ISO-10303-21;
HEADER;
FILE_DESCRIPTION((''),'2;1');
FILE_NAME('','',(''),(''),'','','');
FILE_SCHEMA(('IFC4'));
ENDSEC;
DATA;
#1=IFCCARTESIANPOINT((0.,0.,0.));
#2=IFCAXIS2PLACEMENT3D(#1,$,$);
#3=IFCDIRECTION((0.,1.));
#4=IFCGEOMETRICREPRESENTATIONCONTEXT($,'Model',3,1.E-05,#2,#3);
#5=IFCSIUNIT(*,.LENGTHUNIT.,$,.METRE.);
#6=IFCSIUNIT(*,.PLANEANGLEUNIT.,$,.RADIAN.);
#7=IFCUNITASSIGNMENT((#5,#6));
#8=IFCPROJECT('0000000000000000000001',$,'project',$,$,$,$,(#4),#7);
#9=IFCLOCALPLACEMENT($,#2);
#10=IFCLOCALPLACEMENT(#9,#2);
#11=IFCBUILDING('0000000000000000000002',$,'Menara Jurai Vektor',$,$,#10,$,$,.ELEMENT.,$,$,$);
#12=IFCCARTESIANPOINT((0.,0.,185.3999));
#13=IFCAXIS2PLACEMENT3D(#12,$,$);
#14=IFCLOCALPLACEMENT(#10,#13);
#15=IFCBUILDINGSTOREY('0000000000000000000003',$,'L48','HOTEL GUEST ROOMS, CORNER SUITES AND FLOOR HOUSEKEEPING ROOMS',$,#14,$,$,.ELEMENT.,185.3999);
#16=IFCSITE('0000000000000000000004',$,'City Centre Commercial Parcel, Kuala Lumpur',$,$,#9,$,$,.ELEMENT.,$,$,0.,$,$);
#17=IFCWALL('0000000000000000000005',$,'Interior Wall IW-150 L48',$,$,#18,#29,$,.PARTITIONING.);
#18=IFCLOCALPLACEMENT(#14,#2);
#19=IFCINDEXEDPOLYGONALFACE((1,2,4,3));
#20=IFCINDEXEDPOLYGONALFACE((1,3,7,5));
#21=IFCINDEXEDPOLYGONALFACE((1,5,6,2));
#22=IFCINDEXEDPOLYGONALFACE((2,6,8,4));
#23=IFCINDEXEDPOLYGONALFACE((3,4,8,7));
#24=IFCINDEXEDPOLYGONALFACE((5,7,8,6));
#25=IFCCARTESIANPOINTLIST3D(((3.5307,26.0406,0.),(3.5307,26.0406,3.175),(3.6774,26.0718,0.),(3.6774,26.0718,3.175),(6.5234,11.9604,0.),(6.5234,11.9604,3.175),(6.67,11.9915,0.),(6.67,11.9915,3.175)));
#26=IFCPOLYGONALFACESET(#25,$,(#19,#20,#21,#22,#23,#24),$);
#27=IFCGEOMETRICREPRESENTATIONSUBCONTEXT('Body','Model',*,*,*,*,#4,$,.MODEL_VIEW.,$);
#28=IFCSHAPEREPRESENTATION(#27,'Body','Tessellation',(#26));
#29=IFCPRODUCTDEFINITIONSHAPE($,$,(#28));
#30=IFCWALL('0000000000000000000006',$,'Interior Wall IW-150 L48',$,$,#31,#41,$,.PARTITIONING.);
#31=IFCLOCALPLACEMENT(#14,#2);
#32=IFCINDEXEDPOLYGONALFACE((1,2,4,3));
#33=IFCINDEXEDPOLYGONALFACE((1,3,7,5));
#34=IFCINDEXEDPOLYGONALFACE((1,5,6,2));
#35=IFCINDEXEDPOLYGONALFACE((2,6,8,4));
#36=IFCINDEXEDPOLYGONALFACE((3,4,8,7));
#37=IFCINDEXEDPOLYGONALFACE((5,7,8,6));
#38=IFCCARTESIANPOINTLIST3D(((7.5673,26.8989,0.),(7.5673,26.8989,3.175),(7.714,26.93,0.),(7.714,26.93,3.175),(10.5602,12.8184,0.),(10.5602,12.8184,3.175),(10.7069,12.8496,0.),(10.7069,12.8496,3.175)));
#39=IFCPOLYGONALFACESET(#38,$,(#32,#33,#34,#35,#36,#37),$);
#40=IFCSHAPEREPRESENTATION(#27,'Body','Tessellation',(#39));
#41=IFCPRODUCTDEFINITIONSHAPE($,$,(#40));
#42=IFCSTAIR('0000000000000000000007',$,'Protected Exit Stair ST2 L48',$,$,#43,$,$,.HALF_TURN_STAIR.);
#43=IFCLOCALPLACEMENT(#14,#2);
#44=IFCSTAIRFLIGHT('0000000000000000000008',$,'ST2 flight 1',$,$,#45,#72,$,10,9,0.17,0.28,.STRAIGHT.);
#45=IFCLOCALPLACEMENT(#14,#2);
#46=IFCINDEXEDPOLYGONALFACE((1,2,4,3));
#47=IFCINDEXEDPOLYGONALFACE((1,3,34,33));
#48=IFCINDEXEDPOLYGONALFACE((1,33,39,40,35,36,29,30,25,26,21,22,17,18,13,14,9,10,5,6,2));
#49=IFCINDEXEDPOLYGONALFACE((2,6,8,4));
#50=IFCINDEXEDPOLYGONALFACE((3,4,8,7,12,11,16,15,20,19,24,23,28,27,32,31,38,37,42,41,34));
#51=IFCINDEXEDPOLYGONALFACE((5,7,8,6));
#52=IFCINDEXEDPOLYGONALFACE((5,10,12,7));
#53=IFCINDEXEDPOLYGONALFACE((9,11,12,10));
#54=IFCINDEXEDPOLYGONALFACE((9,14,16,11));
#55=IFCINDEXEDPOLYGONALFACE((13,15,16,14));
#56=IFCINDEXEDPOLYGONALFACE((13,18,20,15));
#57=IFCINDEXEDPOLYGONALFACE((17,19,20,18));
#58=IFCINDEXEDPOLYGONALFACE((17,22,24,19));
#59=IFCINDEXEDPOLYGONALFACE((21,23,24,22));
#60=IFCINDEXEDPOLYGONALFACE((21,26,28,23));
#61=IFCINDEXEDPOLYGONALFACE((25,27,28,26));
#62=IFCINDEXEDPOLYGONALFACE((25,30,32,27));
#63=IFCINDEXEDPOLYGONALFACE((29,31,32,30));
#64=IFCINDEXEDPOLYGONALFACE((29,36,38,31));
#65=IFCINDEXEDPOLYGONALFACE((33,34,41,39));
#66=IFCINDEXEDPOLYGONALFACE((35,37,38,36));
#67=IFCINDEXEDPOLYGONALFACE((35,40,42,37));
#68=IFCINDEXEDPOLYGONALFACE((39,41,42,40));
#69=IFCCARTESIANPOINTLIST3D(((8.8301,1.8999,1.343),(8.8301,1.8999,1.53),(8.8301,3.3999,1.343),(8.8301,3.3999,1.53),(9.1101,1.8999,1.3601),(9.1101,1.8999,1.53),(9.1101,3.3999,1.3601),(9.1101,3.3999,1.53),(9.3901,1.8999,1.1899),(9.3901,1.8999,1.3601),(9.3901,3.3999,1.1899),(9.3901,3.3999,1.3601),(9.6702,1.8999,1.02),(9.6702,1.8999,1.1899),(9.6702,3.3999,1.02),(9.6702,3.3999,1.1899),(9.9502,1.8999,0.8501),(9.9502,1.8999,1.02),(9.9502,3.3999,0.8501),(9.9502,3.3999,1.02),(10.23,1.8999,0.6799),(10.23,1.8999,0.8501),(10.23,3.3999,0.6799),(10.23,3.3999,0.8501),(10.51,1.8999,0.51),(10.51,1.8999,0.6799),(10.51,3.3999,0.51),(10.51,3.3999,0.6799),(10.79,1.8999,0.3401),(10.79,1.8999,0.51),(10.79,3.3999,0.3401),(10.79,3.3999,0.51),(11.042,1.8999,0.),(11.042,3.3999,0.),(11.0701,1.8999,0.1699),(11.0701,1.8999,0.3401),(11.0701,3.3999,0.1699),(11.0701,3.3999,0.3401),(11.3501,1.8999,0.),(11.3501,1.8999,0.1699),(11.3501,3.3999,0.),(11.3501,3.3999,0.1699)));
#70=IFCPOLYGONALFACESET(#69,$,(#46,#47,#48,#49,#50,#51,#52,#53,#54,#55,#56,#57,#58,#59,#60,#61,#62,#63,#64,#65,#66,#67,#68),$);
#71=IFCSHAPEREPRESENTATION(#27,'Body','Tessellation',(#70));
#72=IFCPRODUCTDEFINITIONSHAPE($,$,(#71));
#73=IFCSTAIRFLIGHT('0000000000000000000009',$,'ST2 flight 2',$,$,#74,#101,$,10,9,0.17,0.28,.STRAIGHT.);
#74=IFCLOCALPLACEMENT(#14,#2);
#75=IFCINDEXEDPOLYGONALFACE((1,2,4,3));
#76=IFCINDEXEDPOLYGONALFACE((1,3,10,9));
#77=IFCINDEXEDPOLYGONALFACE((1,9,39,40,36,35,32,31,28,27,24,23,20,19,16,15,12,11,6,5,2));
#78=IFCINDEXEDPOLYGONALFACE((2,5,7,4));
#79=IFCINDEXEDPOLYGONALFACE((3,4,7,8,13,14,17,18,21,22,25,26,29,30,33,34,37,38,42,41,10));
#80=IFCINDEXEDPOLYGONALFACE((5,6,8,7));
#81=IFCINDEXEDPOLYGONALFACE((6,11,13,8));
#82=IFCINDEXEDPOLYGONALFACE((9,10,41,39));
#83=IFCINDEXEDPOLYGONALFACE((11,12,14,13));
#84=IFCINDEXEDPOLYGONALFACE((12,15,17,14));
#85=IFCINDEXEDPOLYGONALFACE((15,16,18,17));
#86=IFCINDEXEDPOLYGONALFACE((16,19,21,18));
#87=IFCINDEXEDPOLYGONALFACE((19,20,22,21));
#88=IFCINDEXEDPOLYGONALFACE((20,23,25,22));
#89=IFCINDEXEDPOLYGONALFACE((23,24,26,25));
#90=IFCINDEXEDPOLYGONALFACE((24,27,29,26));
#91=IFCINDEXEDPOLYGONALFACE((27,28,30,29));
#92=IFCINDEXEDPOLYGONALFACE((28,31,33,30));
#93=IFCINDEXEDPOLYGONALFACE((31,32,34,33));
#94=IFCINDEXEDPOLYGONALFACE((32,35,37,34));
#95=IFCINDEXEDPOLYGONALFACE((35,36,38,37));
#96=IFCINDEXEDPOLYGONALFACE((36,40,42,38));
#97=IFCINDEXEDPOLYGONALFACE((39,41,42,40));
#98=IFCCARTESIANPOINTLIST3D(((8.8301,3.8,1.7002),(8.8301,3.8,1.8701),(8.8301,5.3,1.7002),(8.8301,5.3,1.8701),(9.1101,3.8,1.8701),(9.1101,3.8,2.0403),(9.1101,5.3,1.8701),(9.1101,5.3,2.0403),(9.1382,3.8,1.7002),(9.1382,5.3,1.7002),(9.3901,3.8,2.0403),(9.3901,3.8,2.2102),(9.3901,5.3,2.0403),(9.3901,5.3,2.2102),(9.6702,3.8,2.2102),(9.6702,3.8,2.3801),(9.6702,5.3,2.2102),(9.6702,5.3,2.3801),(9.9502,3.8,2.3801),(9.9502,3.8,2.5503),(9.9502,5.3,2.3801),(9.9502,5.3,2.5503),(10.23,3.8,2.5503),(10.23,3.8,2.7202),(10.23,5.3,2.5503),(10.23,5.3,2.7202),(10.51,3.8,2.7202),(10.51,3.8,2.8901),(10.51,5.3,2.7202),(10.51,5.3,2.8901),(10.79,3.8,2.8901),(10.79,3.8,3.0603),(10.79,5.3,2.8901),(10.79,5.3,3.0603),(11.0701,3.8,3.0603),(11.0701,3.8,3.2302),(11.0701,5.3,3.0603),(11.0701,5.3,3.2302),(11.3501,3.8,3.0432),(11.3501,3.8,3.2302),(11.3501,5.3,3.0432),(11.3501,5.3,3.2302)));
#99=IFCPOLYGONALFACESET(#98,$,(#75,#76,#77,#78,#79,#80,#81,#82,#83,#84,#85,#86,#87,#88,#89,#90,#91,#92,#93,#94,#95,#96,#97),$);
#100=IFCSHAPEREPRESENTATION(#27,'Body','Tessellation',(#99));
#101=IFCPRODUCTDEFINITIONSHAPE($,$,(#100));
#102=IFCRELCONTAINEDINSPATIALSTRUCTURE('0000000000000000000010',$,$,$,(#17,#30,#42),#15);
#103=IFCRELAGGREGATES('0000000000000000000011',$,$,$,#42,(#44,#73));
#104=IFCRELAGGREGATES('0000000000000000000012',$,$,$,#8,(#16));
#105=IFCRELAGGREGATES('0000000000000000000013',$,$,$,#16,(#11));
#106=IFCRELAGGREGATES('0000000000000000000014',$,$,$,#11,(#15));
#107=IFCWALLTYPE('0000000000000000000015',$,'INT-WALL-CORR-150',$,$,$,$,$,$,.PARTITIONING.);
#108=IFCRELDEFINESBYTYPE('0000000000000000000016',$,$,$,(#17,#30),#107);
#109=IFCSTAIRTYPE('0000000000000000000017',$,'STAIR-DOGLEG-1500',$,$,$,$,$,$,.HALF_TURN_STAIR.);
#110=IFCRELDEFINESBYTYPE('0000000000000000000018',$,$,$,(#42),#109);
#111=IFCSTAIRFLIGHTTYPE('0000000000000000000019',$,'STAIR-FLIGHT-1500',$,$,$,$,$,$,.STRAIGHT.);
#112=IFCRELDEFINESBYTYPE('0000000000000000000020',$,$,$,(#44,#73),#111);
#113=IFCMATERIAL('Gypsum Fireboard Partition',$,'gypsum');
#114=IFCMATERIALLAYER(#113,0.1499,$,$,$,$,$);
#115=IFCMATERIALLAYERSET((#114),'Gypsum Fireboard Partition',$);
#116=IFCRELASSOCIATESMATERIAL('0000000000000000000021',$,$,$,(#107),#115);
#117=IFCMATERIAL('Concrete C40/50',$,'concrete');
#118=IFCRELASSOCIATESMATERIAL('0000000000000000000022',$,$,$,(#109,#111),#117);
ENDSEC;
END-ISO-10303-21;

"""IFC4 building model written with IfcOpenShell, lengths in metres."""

from ifc_helpers import new_model, si_unit, direction, frame, frame_2d, origin, place, context, subcontext, project, spatial, polyline, rectangle, outline, extrude, material, layer, layer_set, type_object, element, aggregate, save


model = new_model("IFC4")

# Units and contexts
model_context = context("Model", 3, precision=1e-05, world=origin(), true_north=direction((0.0, 1.0)))
body_context = subcontext(model_context, "Body", "Model", "MODEL_VIEW")
ifc_project = project(units=[si_unit("LENGTHUNIT", "METRE"), si_unit("PLANEANGLEUNIT", "RADIAN")], contexts=[model_context])

# Site, building, storey
site_placement = place(None, origin())
site = spatial("IfcSite", under=ifc_project, at=site_placement, Name="City Centre Commercial Parcel, Kuala Lumpur", CompositionType="ELEMENT", RefElevation=0.0)
building_placement = place(site_placement, origin())
building = spatial("IfcBuilding", under=site, at=building_placement, Name="Menara Jurai Vektor", CompositionType="ELEMENT")
storey_placement = place(building_placement, frame((0.0, 0.0, 185.3999)))
storey = spatial("IfcBuildingStorey", under=building, at=storey_placement, Name="L48", Description="HOTEL GUEST ROOMS, CORNER SUITES AND FLOOR HOUSEKEEPING ROOMS", CompositionType="ELEMENT", Elevation=185.3999)

# Shared definitions
ifc_material_1 = material(Name="Concrete C40/50", Category="concrete")
ifc_material_2 = material(Name="Gypsum Fireboard Partition", Category="gypsum")
ifc_layer_1 = layer(ifc_material_2, 0.1499)
ifc_layer_set_1 = layer_set([ifc_layer_1], Name="Gypsum Fireboard Partition")
wall_type_1 = type_object("IfcWallType", Name="INT-WALL-CORR-150", PredefinedType="PARTITIONING", material=ifc_layer_set_1)

# Walls
wall_1_placement = place(storey_placement, frame((6.5967, 11.9761, 0.0), z_axis=(0.0, 0.0, 1.0), x_axis=(-0.207899, 0.97815, 0.0)))
element("IfcWall", 1, at=wall_1_placement, inside=storey, type_object=wall_type_1, Name="Interior Wall IW-150 L48", PredefinedType="PARTITIONING", context=body_context, shape_type="SweptSolid", body=[
    extrude(rectangle(XDim=14.3948, YDim=0.1499, at=frame_2d((7.1973, 0.0))), origin(), (0.0, 0.0, 1.0), 3.175),
])
wall_2_placement = place(storey_placement, frame((10.6335, 12.834, 0.0), z_axis=(0.0, 0.0, 1.0), x_axis=(-0.207912, 0.978148, 0.0)))
element("IfcWall", 2, at=wall_2_placement, inside=storey, type_object=wall_type_1, Name="Interior Wall IW-150 L48", PredefinedType="PARTITIONING", context=body_context, shape_type="SweptSolid", body=[
    extrude(rectangle(XDim=14.395, YDim=0.1499, at=frame_2d((7.1975, 0.0))), origin(), (0.0, 0.0, 1.0), 3.175),
])

# Stair, stair flights
stair_type = type_object("IfcStairType", Name="STAIR-DOGLEG-1500", PredefinedType="HALF_TURN_STAIR", material=ifc_material_1)
stair_placement = place(storey_placement, origin())
stair = element("IfcStair", 3, at=stair_placement, inside=storey, type_object=stair_type, Name="Protected Exit Stair ST2 L48", PredefinedType="HALF_TURN_STAIR")
stair_flight_type = type_object("IfcStairFlightType", Name="STAIR-FLIGHT-1500", PredefinedType="STRAIGHT", material=ifc_material_1)
stair_flight_1_placement = place(storey_placement, frame((11.3501, 2.6499, 0.0), z_axis=(0.0, 0.0, 1.0), x_axis=(-1.0, 0.0, 0.0)))
stair_flight_1 = element("IfcStairFlight", 4, at=stair_flight_1_placement, type_object=stair_flight_type, Name="ST2 flight 1", NumberOfRisers=10, NumberOfTreads=9, PredefinedType="STRAIGHT", RiserHeight=0.17, TreadLength=0.28, context=body_context, shape_type="SweptSolid", body=[
    extrude(outline(polyline([(0.0, 0.0), (0.0, 0.1699), (0.28, 0.1699), (0.28, 0.3401), (0.5601, 0.3401), (0.5601, 0.51), (0.8401, 0.51), (0.8401, 0.6799), (1.1201, 0.6799), (1.1201, 0.8501), (1.3999, 0.8501), (1.3999, 1.02), (1.6799, 1.02), (1.6799, 1.1899), (1.96, 1.1899), (1.96, 1.3601), (2.24, 1.3601), (2.24, 1.53), (2.52, 1.53), (2.52, 1.7), (2.52, 1.343), (0.3081, 0.0), (0.0, 0.0)])), frame((0.0, 0.75, 0.0), z_axis=(0.0, -1.0, 0.0), x_axis=(1.0, 0.0, 0.0)), (0.0, 0.0, 1.0), 1.5),
])
stair_flight_2_placement = place(storey_placement, frame((8.8301, 4.55, 1.7002), z_axis=(0.0, 0.0, 1.0), x_axis=(1.0, 0.0, 0.0)))
stair_flight_2 = element("IfcStairFlight", 5, at=stair_flight_2_placement, type_object=stair_flight_type, Name="ST2 flight 2", NumberOfRisers=10, NumberOfTreads=9, PredefinedType="STRAIGHT", RiserHeight=0.17, TreadLength=0.28, context=body_context, shape_type="SweptSolid", body=[
    extrude(outline(polyline([(0.0, 0.0), (0.0, 0.1699), (0.28, 0.1699), (0.28, 0.3401), (0.5601, 0.3401), (0.5601, 0.51), (0.8401, 0.51), (0.8401, 0.6799), (1.1201, 0.6799), (1.1201, 0.8501), (1.3999, 0.8501), (1.3999, 1.02), (1.6799, 1.02), (1.6799, 1.1899), (1.96, 1.1899), (1.96, 1.3601), (2.24, 1.3601), (2.24, 1.53), (2.52, 1.53), (2.52, 1.7), (2.52, 1.343), (0.3081, 0.0), (0.0, 0.0)])), frame((0.0, 0.75, 0.0), z_axis=(0.0, -1.0, 0.0), x_axis=(1.0, 0.0, 0.0)), (0.0, 0.0, 1.0), 1.5),
])
aggregate(stair, [stair_flight_1, stair_flight_2])

save(model, "model.ifc")
